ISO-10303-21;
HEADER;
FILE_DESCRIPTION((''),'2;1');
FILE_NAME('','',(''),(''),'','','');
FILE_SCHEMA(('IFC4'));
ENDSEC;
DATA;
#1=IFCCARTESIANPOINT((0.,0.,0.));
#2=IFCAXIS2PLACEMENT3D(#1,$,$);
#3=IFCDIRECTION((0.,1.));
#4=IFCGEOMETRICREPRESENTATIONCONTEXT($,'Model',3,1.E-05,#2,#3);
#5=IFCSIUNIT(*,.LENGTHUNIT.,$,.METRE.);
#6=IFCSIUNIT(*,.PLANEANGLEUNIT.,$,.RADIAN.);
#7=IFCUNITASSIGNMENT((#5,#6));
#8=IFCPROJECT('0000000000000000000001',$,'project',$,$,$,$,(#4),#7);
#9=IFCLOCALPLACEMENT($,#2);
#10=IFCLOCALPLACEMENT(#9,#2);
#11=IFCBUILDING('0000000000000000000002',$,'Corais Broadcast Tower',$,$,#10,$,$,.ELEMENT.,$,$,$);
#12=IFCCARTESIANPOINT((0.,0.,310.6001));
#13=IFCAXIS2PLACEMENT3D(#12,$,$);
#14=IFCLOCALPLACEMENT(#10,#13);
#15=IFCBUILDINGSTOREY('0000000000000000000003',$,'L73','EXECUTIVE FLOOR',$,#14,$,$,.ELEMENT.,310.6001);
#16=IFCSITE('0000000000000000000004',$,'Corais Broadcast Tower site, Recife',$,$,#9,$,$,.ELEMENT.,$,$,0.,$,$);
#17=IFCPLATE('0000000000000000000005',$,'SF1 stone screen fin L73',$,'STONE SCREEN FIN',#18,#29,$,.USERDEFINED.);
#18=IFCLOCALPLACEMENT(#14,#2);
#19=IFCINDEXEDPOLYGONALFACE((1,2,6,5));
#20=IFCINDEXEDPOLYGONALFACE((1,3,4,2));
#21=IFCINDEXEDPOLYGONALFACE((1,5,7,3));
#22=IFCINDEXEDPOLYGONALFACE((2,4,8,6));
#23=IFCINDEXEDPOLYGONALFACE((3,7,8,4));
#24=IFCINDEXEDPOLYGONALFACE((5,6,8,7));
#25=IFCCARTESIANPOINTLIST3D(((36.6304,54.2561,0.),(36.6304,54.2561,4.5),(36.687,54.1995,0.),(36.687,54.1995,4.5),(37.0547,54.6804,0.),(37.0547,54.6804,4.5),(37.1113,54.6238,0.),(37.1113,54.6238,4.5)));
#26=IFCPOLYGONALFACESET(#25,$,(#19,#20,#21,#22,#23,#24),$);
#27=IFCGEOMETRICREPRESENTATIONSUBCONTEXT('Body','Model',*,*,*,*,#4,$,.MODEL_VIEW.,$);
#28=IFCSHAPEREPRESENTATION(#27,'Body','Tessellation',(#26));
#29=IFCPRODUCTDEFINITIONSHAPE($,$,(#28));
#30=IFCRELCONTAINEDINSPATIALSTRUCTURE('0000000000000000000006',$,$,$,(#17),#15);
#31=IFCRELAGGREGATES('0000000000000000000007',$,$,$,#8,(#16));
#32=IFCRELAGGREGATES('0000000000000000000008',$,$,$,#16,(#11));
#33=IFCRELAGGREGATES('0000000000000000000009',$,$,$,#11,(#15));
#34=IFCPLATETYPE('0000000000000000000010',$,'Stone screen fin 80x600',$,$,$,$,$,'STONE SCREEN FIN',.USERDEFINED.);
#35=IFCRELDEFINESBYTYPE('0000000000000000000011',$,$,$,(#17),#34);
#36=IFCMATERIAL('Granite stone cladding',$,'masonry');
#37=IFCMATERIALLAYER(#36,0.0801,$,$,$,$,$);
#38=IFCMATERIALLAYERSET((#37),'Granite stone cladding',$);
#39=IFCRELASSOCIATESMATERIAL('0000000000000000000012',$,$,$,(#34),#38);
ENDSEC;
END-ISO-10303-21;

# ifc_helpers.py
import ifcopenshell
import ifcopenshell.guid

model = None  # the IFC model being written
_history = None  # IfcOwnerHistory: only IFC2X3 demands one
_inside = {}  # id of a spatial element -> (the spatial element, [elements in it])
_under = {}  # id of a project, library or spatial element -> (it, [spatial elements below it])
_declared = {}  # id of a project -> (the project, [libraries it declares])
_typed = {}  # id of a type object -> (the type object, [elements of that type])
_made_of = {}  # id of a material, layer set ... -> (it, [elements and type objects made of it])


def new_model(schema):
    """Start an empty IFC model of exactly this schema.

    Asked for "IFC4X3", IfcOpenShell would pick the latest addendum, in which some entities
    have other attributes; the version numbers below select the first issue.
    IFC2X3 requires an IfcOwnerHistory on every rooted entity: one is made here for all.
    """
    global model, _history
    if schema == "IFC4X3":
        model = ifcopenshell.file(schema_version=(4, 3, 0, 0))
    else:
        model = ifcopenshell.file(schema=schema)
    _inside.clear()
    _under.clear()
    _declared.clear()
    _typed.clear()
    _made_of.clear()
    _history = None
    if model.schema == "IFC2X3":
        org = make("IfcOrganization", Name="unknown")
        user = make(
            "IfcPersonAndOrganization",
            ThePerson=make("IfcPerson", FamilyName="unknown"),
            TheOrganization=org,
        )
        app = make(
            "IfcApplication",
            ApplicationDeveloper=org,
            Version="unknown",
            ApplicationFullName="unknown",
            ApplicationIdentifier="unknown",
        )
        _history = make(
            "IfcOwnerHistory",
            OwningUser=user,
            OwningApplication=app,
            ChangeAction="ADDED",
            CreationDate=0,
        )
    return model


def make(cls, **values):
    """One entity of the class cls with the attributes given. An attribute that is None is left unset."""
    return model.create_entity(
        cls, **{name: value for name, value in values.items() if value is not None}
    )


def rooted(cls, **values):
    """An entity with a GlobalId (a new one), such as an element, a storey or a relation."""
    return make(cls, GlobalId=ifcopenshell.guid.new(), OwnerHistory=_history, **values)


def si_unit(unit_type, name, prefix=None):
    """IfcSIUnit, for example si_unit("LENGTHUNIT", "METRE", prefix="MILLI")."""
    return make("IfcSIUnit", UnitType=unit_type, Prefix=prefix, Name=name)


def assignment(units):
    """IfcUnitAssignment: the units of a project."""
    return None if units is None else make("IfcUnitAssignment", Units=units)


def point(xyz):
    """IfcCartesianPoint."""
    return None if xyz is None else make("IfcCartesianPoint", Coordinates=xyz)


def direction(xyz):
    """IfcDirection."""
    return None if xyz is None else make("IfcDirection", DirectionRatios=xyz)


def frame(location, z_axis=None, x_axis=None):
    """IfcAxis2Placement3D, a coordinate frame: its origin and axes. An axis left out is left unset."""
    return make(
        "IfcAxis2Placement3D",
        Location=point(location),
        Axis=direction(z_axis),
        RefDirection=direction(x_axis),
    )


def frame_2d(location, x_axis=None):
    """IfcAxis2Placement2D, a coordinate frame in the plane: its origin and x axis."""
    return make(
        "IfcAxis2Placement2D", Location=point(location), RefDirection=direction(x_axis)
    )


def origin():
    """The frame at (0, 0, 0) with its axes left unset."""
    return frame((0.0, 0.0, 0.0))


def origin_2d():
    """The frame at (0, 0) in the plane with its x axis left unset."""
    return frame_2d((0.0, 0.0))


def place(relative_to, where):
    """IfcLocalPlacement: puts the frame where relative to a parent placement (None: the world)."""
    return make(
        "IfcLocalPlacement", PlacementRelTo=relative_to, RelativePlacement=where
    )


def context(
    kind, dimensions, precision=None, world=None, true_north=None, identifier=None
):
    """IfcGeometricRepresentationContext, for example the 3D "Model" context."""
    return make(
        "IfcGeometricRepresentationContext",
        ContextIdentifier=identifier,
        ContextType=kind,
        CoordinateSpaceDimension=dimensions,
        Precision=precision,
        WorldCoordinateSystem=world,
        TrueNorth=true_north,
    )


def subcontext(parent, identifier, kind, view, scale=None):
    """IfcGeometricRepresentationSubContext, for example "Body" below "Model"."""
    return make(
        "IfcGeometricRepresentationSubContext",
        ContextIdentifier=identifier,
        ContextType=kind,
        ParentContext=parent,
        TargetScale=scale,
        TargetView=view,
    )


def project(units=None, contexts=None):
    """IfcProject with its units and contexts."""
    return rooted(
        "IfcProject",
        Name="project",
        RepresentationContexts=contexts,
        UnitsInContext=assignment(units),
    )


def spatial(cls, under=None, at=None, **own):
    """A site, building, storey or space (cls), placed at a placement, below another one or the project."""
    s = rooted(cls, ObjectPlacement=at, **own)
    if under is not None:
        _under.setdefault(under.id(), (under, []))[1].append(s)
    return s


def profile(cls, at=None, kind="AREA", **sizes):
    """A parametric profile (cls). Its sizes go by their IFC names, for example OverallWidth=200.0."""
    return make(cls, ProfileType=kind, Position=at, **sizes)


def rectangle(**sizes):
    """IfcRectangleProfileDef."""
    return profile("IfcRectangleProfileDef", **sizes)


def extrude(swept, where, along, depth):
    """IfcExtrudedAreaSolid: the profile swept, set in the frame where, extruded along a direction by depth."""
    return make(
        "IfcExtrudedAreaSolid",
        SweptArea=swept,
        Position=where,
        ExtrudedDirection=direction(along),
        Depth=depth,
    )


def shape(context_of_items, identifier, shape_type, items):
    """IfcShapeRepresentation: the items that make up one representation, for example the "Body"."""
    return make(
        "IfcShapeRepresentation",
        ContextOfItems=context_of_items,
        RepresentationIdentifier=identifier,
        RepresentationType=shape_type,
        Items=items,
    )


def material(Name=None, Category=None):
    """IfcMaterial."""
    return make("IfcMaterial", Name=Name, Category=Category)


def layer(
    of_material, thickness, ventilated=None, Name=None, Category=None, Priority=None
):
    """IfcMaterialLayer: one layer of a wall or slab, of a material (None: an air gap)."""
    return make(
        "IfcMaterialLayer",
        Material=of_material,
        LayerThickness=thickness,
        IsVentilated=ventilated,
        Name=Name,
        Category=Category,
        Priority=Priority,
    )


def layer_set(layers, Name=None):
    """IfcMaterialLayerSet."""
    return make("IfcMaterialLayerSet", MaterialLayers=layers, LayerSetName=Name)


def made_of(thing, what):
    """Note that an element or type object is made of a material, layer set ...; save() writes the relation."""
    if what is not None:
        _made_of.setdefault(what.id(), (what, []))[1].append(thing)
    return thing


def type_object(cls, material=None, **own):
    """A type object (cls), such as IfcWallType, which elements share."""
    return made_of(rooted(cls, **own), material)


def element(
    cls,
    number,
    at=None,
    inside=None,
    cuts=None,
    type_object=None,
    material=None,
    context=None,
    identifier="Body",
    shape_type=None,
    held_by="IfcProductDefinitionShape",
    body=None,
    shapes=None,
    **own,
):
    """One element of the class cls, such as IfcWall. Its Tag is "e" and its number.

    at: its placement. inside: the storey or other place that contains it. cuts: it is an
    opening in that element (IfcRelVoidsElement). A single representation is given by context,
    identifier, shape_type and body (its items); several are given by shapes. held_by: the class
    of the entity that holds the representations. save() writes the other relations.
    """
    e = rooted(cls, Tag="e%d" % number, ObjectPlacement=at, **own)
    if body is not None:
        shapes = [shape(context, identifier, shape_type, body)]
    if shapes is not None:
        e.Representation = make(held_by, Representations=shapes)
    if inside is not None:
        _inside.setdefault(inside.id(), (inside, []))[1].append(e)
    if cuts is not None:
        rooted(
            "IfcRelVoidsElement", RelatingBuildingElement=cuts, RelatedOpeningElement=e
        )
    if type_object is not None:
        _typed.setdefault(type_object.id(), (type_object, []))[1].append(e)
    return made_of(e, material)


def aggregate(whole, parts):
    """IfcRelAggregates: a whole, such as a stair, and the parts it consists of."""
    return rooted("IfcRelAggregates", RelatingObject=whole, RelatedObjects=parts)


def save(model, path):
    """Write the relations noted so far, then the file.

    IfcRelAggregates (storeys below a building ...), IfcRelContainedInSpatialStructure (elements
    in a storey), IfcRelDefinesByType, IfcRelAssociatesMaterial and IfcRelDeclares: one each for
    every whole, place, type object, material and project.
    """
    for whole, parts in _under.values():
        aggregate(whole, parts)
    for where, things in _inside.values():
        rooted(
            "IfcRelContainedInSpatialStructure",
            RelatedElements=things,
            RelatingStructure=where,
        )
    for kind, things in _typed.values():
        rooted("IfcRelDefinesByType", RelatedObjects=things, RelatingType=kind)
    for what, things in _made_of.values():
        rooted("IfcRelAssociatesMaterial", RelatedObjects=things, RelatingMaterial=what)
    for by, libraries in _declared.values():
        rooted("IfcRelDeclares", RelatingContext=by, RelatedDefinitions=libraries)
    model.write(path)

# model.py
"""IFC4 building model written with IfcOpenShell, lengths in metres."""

from ifc_helpers import new_model, si_unit, direction, frame, origin, origin_2d, place, context, subcontext, project, spatial, rectangle, extrude, material, layer, layer_set, type_object, element, save


model = new_model("IFC4")

# Units and contexts
model_context = context("Model", 3, precision=1e-05, world=origin(), true_north=direction((0.0, 1.0)))
body_context = subcontext(model_context, "Body", "Model", "MODEL_VIEW")
ifc_project = project(units=[si_unit("LENGTHUNIT", "METRE"), si_unit("PLANEANGLEUNIT", "RADIAN")], contexts=[model_context])

# Site, building, storey
site_placement = place(None, origin())
site = spatial("IfcSite", under=ifc_project, at=site_placement, Name="Corais Broadcast Tower site, Recife", CompositionType="ELEMENT", RefElevation=0.0)
building_placement = place(site_placement, origin())
building = spatial("IfcBuilding", under=site, at=building_placement, Name="Corais Broadcast Tower", CompositionType="ELEMENT")
storey_placement = place(building_placement, frame((0.0, 0.0, 310.6001)))
storey = spatial("IfcBuildingStorey", under=building, at=storey_placement, Name="L73", Description="EXECUTIVE FLOOR", CompositionType="ELEMENT", Elevation=310.6001)

# Plate
ifc_material_1 = material(Name="Granite stone cladding", Category="masonry")
ifc_layer_1 = layer(ifc_material_1, 0.0801)
ifc_layer_set_1 = layer_set([ifc_layer_1], Name="Granite stone cladding")
plate_type_1 = type_object("IfcPlateType", Name="Stone screen fin 80x600", ElementType="STONE SCREEN FIN", PredefinedType="USERDEFINED", material=ifc_layer_set_1)
plate_1_placement = place(storey_placement, frame((36.8708, 54.4399, 0.0), z_axis=(0.0, 0.0, 1.0), x_axis=(0.707107, -0.707107, 0.0)))
element("IfcPlate", 1, at=plate_1_placement, inside=storey, type_object=plate_type_1, Name="SF1 stone screen fin L73", ObjectType="STONE SCREEN FIN", PredefinedType="USERDEFINED", context=body_context, shape_type="SweptSolid", body=[
    extrude(rectangle(XDim=0.0801, YDim=0.6001, at=origin_2d()), origin(), (0.0, 0.0, 1.0), 4.5),
])

save(model, "model.ifc")
